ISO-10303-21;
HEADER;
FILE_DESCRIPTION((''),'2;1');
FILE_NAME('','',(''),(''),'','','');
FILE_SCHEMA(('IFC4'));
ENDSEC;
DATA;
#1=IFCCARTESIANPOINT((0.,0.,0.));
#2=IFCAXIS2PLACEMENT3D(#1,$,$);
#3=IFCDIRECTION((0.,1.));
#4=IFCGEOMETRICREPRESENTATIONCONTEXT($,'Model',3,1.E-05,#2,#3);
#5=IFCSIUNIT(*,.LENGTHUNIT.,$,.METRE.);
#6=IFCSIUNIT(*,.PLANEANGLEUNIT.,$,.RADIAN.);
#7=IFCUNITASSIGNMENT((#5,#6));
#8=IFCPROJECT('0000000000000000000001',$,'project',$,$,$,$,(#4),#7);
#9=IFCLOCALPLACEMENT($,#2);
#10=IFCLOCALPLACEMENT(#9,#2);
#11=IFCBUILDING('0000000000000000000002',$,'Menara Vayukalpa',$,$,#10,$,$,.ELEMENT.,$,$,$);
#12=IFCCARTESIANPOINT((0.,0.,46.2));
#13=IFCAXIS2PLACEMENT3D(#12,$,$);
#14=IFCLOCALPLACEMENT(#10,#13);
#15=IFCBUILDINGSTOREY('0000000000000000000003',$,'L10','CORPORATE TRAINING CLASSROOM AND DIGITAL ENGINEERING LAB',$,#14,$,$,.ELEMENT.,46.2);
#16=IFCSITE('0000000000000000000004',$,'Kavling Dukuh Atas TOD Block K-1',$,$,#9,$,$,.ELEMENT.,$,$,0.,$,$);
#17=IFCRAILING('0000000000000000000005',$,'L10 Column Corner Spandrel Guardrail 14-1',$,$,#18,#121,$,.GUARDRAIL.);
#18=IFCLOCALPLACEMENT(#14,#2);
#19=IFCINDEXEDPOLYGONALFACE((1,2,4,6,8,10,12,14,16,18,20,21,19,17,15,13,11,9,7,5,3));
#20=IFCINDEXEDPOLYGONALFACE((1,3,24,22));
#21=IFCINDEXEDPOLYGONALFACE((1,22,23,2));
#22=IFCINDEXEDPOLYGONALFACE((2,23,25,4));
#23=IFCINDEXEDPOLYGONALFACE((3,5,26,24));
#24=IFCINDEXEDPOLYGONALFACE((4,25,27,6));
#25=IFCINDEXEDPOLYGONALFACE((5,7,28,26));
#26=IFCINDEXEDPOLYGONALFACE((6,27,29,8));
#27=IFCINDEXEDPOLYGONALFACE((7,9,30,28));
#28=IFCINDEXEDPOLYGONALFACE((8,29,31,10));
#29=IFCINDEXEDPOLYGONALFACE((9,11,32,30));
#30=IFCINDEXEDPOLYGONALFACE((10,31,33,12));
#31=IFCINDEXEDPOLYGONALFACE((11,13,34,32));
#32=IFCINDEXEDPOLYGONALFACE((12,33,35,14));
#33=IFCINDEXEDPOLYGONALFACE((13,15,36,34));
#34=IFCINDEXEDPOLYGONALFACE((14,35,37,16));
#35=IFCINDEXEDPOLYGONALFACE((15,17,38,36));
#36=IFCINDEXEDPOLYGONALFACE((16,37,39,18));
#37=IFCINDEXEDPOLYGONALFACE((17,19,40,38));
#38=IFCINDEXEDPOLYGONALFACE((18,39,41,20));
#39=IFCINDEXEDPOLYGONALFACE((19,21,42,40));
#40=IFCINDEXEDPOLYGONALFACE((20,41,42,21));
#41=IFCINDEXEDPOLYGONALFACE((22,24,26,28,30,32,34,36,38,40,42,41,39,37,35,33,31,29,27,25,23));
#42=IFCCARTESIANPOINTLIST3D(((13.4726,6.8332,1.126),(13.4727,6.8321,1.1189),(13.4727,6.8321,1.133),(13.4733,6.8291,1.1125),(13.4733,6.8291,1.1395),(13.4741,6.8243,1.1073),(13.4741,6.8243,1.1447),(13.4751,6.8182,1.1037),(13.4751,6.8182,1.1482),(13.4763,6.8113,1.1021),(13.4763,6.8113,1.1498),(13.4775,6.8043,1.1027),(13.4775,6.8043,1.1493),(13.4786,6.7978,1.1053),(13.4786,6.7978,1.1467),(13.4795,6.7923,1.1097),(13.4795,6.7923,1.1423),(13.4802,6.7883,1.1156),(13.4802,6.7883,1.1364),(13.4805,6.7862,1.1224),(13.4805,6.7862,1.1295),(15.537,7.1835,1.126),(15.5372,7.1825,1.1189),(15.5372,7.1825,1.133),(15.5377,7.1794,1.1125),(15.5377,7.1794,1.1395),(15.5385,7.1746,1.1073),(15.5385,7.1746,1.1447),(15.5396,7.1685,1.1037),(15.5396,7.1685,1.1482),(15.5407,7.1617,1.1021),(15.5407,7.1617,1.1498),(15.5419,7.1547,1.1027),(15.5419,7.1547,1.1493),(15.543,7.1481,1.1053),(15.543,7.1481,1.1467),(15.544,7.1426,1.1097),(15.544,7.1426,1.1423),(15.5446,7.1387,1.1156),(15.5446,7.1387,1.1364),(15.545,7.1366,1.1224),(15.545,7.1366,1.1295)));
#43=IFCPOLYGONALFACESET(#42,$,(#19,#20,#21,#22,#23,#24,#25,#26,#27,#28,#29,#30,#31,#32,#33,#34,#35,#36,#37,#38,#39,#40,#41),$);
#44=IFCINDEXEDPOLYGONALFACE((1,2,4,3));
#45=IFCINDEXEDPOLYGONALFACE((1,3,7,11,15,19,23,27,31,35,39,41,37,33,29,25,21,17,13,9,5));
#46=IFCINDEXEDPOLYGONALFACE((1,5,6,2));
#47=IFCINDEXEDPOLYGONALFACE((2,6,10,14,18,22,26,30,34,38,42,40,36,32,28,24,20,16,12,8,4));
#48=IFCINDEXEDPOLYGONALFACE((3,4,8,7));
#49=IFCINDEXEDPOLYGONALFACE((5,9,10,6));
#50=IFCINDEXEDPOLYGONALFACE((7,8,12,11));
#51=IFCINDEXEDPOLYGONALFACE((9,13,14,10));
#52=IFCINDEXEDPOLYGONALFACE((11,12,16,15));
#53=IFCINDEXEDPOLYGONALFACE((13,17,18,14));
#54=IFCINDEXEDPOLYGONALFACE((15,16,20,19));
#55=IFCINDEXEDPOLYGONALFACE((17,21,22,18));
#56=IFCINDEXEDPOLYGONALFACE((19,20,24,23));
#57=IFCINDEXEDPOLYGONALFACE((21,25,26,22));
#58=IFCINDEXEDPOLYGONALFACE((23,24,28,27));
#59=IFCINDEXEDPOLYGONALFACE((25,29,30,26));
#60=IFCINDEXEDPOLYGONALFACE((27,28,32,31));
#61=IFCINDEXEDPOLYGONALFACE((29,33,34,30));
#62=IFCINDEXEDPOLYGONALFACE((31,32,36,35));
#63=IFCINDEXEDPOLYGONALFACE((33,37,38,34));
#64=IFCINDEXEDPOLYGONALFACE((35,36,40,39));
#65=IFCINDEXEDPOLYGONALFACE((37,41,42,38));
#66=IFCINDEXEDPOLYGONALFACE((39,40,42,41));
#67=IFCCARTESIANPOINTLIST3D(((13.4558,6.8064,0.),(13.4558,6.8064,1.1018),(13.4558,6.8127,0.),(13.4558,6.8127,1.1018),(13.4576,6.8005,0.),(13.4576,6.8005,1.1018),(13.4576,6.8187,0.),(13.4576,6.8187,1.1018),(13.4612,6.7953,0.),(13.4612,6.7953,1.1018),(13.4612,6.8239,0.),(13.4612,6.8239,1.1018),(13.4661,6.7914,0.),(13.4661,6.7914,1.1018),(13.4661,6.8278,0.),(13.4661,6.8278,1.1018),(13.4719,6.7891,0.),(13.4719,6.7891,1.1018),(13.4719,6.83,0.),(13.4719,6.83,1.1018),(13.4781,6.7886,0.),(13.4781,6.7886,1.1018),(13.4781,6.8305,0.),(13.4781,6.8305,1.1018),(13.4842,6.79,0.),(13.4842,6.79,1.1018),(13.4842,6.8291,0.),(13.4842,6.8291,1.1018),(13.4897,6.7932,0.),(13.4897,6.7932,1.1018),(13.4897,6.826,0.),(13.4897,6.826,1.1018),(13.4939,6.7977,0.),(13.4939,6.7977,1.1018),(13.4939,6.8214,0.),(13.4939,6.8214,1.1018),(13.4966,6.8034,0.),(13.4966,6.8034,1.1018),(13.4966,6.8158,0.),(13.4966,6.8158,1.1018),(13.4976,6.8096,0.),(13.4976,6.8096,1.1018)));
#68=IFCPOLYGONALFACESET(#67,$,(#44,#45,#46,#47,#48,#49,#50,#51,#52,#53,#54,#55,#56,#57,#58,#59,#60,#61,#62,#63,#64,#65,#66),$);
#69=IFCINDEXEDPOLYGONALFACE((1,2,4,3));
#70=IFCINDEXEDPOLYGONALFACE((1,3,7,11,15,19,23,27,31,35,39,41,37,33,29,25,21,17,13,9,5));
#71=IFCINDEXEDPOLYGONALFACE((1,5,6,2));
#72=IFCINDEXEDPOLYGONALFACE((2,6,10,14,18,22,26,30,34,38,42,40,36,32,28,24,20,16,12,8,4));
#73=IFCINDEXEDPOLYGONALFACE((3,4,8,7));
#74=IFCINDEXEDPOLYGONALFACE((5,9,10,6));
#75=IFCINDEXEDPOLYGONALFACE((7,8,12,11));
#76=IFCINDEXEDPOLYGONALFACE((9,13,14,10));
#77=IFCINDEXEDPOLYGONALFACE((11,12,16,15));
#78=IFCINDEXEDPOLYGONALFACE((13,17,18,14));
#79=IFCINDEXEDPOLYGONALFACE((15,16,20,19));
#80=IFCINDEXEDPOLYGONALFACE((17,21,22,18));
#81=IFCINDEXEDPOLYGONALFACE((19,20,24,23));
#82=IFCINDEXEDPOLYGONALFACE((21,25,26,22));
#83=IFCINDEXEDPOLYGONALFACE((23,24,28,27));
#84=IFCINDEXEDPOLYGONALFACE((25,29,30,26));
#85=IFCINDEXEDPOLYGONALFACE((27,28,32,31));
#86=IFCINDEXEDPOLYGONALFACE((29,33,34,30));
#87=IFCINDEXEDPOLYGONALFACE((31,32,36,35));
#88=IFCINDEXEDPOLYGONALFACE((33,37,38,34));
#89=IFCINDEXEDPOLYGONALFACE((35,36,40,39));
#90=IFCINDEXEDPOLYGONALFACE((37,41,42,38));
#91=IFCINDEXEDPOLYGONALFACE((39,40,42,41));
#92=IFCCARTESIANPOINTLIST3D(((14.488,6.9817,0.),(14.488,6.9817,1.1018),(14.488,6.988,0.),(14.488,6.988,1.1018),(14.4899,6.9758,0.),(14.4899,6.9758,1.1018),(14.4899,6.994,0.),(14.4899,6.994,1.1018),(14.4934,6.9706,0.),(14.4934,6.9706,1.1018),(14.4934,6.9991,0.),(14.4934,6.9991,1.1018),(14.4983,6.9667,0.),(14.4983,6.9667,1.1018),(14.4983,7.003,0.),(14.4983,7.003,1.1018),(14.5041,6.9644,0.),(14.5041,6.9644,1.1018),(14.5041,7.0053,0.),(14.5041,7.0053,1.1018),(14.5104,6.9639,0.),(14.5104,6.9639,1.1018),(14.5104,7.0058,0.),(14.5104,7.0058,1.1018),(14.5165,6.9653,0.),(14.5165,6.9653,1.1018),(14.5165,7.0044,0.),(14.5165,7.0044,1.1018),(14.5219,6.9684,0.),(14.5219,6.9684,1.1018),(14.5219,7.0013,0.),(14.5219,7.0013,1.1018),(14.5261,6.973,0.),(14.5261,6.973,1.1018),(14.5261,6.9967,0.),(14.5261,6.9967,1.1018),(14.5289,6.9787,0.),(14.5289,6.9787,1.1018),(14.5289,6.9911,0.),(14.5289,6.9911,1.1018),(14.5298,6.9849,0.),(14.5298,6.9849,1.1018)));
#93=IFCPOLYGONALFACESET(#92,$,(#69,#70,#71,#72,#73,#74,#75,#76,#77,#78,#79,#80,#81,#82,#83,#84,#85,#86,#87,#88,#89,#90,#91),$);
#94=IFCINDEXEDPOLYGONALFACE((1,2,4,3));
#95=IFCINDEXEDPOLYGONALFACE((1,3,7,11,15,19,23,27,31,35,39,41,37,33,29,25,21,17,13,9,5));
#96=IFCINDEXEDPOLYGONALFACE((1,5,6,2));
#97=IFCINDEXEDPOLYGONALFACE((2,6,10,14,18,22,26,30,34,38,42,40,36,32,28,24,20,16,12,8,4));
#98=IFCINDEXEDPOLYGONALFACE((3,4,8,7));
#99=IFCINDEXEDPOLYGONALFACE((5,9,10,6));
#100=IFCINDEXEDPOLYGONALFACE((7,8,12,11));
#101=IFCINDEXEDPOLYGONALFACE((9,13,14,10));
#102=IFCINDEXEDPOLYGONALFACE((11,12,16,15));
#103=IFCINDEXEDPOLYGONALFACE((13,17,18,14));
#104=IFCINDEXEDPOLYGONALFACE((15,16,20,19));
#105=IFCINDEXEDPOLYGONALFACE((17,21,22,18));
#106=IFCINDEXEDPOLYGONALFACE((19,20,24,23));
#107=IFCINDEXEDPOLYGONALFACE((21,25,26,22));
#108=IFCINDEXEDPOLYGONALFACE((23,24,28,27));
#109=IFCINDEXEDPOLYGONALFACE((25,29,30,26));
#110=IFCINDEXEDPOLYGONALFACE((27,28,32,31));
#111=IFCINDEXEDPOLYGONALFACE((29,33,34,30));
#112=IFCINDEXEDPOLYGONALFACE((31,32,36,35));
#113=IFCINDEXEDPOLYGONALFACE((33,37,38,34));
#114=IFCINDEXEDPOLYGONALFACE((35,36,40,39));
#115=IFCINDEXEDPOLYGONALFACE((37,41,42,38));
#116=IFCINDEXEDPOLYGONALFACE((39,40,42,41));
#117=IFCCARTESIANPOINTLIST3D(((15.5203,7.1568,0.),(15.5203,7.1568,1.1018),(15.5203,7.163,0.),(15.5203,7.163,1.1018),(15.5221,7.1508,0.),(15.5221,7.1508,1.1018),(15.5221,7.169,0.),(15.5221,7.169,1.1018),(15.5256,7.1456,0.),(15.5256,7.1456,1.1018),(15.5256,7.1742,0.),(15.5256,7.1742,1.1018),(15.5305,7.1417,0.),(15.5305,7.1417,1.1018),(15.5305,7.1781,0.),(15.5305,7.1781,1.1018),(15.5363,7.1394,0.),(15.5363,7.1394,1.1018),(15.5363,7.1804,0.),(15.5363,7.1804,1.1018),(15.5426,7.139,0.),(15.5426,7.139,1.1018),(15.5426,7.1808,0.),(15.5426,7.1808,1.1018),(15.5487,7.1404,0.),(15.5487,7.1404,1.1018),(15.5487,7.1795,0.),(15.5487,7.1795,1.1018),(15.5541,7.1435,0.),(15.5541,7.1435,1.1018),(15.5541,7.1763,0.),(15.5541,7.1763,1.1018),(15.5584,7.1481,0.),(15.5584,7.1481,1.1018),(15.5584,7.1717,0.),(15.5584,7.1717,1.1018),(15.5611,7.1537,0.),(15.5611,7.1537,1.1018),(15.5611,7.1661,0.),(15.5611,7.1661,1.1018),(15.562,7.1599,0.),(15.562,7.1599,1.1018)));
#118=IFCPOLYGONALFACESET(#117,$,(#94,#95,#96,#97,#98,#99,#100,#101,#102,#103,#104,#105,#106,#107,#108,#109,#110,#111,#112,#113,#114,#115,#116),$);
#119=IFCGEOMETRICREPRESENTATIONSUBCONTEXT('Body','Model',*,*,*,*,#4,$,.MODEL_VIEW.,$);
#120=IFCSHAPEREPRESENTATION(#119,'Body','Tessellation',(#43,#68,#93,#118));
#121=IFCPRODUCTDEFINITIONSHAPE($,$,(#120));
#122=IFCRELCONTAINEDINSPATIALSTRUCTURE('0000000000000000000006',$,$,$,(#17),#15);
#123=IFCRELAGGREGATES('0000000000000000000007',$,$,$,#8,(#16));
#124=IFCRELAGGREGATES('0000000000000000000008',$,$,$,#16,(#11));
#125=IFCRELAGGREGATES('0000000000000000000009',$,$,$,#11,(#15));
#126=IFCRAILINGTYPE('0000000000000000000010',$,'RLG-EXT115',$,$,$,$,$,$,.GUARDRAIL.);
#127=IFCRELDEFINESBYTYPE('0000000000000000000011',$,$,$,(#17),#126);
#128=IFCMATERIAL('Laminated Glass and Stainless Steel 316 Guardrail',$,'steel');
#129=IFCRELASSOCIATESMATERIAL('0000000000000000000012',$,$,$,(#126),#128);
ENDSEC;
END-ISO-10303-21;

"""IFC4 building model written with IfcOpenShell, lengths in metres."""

from ifc_helpers import new_model, si_unit, direction, frame, origin, origin_2d, place, context, subcontext, project, spatial, circle, extrude, material, type_object, element, save


model = new_model("IFC4")

# Units and contexts
model_context = context("Model", 3, precision=1e-05, world=origin(), true_north=direction((0.0, 1.0)))
body_context = subcontext(model_context, "Body", "Model", "MODEL_VIEW")
ifc_project = project(units=[si_unit("LENGTHUNIT", "METRE"), si_unit("PLANEANGLEUNIT", "RADIAN")], contexts=[model_context])

# Site, building, storey
site_placement = place(None, origin())
site = spatial("IfcSite", under=ifc_project, at=site_placement, Name="Kavling Dukuh Atas TOD Block K-1", CompositionType="ELEMENT", RefElevation=0.0)
building_placement = place(site_placement, origin())
building = spatial("IfcBuilding", under=site, at=building_placement, Name="Menara Vayukalpa", CompositionType="ELEMENT")
storey_placement = place(building_placement, frame((0.0, 0.0, 46.2)))
storey = spatial("IfcBuildingStorey", under=building, at=storey_placement, Name="L10", Description="CORPORATE TRAINING CLASSROOM AND DIGITAL ENGINEERING LAB", CompositionType="ELEMENT", Elevation=46.2)

# Railing
ifc_material_1 = material(Name="Laminated Glass and Stainless Steel 316 Guardrail", Category="steel")
railing_type = type_object("IfcRailingType", Name="RLG-EXT115", PredefinedType="GUARDRAIL", material=ifc_material_1)
railing_1_placement = place(storey_placement, frame((13.4766, 6.8096, 0.0)))
element("IfcRailing", 1, at=railing_1_placement, inside=storey, type_object=railing_type, Name="L10 Column Corner Spandrel Guardrail 14-1", PredefinedType="GUARDRAIL", context=body_context, shape_type="SweptSolid", body=[
    extrude(circle(Radius=0.0239, at=origin_2d()), frame((0.0, 0.0, 1.126), z_axis=(0.985904, 0.16731, 0.0), x_axis=(-0.16731, 0.985904, 0.0)), (0.0, 0.0, 1.0), 2.094),
    extrude(circle(Radius=0.021, at=origin_2d()), origin(), (0.0, 0.0, 1.0), 1.1018),
    extrude(circle(Radius=0.021, at=origin_2d()), frame((1.0322, 0.1753, 0.0)), (0.0, 0.0, 1.0), 1.1018),
    extrude(circle(Radius=0.021, at=origin_2d()), frame((2.0645, 0.3503, 0.0)), (0.0, 0.0, 1.0), 1.1018),
])

save(model, "model.ifc")
